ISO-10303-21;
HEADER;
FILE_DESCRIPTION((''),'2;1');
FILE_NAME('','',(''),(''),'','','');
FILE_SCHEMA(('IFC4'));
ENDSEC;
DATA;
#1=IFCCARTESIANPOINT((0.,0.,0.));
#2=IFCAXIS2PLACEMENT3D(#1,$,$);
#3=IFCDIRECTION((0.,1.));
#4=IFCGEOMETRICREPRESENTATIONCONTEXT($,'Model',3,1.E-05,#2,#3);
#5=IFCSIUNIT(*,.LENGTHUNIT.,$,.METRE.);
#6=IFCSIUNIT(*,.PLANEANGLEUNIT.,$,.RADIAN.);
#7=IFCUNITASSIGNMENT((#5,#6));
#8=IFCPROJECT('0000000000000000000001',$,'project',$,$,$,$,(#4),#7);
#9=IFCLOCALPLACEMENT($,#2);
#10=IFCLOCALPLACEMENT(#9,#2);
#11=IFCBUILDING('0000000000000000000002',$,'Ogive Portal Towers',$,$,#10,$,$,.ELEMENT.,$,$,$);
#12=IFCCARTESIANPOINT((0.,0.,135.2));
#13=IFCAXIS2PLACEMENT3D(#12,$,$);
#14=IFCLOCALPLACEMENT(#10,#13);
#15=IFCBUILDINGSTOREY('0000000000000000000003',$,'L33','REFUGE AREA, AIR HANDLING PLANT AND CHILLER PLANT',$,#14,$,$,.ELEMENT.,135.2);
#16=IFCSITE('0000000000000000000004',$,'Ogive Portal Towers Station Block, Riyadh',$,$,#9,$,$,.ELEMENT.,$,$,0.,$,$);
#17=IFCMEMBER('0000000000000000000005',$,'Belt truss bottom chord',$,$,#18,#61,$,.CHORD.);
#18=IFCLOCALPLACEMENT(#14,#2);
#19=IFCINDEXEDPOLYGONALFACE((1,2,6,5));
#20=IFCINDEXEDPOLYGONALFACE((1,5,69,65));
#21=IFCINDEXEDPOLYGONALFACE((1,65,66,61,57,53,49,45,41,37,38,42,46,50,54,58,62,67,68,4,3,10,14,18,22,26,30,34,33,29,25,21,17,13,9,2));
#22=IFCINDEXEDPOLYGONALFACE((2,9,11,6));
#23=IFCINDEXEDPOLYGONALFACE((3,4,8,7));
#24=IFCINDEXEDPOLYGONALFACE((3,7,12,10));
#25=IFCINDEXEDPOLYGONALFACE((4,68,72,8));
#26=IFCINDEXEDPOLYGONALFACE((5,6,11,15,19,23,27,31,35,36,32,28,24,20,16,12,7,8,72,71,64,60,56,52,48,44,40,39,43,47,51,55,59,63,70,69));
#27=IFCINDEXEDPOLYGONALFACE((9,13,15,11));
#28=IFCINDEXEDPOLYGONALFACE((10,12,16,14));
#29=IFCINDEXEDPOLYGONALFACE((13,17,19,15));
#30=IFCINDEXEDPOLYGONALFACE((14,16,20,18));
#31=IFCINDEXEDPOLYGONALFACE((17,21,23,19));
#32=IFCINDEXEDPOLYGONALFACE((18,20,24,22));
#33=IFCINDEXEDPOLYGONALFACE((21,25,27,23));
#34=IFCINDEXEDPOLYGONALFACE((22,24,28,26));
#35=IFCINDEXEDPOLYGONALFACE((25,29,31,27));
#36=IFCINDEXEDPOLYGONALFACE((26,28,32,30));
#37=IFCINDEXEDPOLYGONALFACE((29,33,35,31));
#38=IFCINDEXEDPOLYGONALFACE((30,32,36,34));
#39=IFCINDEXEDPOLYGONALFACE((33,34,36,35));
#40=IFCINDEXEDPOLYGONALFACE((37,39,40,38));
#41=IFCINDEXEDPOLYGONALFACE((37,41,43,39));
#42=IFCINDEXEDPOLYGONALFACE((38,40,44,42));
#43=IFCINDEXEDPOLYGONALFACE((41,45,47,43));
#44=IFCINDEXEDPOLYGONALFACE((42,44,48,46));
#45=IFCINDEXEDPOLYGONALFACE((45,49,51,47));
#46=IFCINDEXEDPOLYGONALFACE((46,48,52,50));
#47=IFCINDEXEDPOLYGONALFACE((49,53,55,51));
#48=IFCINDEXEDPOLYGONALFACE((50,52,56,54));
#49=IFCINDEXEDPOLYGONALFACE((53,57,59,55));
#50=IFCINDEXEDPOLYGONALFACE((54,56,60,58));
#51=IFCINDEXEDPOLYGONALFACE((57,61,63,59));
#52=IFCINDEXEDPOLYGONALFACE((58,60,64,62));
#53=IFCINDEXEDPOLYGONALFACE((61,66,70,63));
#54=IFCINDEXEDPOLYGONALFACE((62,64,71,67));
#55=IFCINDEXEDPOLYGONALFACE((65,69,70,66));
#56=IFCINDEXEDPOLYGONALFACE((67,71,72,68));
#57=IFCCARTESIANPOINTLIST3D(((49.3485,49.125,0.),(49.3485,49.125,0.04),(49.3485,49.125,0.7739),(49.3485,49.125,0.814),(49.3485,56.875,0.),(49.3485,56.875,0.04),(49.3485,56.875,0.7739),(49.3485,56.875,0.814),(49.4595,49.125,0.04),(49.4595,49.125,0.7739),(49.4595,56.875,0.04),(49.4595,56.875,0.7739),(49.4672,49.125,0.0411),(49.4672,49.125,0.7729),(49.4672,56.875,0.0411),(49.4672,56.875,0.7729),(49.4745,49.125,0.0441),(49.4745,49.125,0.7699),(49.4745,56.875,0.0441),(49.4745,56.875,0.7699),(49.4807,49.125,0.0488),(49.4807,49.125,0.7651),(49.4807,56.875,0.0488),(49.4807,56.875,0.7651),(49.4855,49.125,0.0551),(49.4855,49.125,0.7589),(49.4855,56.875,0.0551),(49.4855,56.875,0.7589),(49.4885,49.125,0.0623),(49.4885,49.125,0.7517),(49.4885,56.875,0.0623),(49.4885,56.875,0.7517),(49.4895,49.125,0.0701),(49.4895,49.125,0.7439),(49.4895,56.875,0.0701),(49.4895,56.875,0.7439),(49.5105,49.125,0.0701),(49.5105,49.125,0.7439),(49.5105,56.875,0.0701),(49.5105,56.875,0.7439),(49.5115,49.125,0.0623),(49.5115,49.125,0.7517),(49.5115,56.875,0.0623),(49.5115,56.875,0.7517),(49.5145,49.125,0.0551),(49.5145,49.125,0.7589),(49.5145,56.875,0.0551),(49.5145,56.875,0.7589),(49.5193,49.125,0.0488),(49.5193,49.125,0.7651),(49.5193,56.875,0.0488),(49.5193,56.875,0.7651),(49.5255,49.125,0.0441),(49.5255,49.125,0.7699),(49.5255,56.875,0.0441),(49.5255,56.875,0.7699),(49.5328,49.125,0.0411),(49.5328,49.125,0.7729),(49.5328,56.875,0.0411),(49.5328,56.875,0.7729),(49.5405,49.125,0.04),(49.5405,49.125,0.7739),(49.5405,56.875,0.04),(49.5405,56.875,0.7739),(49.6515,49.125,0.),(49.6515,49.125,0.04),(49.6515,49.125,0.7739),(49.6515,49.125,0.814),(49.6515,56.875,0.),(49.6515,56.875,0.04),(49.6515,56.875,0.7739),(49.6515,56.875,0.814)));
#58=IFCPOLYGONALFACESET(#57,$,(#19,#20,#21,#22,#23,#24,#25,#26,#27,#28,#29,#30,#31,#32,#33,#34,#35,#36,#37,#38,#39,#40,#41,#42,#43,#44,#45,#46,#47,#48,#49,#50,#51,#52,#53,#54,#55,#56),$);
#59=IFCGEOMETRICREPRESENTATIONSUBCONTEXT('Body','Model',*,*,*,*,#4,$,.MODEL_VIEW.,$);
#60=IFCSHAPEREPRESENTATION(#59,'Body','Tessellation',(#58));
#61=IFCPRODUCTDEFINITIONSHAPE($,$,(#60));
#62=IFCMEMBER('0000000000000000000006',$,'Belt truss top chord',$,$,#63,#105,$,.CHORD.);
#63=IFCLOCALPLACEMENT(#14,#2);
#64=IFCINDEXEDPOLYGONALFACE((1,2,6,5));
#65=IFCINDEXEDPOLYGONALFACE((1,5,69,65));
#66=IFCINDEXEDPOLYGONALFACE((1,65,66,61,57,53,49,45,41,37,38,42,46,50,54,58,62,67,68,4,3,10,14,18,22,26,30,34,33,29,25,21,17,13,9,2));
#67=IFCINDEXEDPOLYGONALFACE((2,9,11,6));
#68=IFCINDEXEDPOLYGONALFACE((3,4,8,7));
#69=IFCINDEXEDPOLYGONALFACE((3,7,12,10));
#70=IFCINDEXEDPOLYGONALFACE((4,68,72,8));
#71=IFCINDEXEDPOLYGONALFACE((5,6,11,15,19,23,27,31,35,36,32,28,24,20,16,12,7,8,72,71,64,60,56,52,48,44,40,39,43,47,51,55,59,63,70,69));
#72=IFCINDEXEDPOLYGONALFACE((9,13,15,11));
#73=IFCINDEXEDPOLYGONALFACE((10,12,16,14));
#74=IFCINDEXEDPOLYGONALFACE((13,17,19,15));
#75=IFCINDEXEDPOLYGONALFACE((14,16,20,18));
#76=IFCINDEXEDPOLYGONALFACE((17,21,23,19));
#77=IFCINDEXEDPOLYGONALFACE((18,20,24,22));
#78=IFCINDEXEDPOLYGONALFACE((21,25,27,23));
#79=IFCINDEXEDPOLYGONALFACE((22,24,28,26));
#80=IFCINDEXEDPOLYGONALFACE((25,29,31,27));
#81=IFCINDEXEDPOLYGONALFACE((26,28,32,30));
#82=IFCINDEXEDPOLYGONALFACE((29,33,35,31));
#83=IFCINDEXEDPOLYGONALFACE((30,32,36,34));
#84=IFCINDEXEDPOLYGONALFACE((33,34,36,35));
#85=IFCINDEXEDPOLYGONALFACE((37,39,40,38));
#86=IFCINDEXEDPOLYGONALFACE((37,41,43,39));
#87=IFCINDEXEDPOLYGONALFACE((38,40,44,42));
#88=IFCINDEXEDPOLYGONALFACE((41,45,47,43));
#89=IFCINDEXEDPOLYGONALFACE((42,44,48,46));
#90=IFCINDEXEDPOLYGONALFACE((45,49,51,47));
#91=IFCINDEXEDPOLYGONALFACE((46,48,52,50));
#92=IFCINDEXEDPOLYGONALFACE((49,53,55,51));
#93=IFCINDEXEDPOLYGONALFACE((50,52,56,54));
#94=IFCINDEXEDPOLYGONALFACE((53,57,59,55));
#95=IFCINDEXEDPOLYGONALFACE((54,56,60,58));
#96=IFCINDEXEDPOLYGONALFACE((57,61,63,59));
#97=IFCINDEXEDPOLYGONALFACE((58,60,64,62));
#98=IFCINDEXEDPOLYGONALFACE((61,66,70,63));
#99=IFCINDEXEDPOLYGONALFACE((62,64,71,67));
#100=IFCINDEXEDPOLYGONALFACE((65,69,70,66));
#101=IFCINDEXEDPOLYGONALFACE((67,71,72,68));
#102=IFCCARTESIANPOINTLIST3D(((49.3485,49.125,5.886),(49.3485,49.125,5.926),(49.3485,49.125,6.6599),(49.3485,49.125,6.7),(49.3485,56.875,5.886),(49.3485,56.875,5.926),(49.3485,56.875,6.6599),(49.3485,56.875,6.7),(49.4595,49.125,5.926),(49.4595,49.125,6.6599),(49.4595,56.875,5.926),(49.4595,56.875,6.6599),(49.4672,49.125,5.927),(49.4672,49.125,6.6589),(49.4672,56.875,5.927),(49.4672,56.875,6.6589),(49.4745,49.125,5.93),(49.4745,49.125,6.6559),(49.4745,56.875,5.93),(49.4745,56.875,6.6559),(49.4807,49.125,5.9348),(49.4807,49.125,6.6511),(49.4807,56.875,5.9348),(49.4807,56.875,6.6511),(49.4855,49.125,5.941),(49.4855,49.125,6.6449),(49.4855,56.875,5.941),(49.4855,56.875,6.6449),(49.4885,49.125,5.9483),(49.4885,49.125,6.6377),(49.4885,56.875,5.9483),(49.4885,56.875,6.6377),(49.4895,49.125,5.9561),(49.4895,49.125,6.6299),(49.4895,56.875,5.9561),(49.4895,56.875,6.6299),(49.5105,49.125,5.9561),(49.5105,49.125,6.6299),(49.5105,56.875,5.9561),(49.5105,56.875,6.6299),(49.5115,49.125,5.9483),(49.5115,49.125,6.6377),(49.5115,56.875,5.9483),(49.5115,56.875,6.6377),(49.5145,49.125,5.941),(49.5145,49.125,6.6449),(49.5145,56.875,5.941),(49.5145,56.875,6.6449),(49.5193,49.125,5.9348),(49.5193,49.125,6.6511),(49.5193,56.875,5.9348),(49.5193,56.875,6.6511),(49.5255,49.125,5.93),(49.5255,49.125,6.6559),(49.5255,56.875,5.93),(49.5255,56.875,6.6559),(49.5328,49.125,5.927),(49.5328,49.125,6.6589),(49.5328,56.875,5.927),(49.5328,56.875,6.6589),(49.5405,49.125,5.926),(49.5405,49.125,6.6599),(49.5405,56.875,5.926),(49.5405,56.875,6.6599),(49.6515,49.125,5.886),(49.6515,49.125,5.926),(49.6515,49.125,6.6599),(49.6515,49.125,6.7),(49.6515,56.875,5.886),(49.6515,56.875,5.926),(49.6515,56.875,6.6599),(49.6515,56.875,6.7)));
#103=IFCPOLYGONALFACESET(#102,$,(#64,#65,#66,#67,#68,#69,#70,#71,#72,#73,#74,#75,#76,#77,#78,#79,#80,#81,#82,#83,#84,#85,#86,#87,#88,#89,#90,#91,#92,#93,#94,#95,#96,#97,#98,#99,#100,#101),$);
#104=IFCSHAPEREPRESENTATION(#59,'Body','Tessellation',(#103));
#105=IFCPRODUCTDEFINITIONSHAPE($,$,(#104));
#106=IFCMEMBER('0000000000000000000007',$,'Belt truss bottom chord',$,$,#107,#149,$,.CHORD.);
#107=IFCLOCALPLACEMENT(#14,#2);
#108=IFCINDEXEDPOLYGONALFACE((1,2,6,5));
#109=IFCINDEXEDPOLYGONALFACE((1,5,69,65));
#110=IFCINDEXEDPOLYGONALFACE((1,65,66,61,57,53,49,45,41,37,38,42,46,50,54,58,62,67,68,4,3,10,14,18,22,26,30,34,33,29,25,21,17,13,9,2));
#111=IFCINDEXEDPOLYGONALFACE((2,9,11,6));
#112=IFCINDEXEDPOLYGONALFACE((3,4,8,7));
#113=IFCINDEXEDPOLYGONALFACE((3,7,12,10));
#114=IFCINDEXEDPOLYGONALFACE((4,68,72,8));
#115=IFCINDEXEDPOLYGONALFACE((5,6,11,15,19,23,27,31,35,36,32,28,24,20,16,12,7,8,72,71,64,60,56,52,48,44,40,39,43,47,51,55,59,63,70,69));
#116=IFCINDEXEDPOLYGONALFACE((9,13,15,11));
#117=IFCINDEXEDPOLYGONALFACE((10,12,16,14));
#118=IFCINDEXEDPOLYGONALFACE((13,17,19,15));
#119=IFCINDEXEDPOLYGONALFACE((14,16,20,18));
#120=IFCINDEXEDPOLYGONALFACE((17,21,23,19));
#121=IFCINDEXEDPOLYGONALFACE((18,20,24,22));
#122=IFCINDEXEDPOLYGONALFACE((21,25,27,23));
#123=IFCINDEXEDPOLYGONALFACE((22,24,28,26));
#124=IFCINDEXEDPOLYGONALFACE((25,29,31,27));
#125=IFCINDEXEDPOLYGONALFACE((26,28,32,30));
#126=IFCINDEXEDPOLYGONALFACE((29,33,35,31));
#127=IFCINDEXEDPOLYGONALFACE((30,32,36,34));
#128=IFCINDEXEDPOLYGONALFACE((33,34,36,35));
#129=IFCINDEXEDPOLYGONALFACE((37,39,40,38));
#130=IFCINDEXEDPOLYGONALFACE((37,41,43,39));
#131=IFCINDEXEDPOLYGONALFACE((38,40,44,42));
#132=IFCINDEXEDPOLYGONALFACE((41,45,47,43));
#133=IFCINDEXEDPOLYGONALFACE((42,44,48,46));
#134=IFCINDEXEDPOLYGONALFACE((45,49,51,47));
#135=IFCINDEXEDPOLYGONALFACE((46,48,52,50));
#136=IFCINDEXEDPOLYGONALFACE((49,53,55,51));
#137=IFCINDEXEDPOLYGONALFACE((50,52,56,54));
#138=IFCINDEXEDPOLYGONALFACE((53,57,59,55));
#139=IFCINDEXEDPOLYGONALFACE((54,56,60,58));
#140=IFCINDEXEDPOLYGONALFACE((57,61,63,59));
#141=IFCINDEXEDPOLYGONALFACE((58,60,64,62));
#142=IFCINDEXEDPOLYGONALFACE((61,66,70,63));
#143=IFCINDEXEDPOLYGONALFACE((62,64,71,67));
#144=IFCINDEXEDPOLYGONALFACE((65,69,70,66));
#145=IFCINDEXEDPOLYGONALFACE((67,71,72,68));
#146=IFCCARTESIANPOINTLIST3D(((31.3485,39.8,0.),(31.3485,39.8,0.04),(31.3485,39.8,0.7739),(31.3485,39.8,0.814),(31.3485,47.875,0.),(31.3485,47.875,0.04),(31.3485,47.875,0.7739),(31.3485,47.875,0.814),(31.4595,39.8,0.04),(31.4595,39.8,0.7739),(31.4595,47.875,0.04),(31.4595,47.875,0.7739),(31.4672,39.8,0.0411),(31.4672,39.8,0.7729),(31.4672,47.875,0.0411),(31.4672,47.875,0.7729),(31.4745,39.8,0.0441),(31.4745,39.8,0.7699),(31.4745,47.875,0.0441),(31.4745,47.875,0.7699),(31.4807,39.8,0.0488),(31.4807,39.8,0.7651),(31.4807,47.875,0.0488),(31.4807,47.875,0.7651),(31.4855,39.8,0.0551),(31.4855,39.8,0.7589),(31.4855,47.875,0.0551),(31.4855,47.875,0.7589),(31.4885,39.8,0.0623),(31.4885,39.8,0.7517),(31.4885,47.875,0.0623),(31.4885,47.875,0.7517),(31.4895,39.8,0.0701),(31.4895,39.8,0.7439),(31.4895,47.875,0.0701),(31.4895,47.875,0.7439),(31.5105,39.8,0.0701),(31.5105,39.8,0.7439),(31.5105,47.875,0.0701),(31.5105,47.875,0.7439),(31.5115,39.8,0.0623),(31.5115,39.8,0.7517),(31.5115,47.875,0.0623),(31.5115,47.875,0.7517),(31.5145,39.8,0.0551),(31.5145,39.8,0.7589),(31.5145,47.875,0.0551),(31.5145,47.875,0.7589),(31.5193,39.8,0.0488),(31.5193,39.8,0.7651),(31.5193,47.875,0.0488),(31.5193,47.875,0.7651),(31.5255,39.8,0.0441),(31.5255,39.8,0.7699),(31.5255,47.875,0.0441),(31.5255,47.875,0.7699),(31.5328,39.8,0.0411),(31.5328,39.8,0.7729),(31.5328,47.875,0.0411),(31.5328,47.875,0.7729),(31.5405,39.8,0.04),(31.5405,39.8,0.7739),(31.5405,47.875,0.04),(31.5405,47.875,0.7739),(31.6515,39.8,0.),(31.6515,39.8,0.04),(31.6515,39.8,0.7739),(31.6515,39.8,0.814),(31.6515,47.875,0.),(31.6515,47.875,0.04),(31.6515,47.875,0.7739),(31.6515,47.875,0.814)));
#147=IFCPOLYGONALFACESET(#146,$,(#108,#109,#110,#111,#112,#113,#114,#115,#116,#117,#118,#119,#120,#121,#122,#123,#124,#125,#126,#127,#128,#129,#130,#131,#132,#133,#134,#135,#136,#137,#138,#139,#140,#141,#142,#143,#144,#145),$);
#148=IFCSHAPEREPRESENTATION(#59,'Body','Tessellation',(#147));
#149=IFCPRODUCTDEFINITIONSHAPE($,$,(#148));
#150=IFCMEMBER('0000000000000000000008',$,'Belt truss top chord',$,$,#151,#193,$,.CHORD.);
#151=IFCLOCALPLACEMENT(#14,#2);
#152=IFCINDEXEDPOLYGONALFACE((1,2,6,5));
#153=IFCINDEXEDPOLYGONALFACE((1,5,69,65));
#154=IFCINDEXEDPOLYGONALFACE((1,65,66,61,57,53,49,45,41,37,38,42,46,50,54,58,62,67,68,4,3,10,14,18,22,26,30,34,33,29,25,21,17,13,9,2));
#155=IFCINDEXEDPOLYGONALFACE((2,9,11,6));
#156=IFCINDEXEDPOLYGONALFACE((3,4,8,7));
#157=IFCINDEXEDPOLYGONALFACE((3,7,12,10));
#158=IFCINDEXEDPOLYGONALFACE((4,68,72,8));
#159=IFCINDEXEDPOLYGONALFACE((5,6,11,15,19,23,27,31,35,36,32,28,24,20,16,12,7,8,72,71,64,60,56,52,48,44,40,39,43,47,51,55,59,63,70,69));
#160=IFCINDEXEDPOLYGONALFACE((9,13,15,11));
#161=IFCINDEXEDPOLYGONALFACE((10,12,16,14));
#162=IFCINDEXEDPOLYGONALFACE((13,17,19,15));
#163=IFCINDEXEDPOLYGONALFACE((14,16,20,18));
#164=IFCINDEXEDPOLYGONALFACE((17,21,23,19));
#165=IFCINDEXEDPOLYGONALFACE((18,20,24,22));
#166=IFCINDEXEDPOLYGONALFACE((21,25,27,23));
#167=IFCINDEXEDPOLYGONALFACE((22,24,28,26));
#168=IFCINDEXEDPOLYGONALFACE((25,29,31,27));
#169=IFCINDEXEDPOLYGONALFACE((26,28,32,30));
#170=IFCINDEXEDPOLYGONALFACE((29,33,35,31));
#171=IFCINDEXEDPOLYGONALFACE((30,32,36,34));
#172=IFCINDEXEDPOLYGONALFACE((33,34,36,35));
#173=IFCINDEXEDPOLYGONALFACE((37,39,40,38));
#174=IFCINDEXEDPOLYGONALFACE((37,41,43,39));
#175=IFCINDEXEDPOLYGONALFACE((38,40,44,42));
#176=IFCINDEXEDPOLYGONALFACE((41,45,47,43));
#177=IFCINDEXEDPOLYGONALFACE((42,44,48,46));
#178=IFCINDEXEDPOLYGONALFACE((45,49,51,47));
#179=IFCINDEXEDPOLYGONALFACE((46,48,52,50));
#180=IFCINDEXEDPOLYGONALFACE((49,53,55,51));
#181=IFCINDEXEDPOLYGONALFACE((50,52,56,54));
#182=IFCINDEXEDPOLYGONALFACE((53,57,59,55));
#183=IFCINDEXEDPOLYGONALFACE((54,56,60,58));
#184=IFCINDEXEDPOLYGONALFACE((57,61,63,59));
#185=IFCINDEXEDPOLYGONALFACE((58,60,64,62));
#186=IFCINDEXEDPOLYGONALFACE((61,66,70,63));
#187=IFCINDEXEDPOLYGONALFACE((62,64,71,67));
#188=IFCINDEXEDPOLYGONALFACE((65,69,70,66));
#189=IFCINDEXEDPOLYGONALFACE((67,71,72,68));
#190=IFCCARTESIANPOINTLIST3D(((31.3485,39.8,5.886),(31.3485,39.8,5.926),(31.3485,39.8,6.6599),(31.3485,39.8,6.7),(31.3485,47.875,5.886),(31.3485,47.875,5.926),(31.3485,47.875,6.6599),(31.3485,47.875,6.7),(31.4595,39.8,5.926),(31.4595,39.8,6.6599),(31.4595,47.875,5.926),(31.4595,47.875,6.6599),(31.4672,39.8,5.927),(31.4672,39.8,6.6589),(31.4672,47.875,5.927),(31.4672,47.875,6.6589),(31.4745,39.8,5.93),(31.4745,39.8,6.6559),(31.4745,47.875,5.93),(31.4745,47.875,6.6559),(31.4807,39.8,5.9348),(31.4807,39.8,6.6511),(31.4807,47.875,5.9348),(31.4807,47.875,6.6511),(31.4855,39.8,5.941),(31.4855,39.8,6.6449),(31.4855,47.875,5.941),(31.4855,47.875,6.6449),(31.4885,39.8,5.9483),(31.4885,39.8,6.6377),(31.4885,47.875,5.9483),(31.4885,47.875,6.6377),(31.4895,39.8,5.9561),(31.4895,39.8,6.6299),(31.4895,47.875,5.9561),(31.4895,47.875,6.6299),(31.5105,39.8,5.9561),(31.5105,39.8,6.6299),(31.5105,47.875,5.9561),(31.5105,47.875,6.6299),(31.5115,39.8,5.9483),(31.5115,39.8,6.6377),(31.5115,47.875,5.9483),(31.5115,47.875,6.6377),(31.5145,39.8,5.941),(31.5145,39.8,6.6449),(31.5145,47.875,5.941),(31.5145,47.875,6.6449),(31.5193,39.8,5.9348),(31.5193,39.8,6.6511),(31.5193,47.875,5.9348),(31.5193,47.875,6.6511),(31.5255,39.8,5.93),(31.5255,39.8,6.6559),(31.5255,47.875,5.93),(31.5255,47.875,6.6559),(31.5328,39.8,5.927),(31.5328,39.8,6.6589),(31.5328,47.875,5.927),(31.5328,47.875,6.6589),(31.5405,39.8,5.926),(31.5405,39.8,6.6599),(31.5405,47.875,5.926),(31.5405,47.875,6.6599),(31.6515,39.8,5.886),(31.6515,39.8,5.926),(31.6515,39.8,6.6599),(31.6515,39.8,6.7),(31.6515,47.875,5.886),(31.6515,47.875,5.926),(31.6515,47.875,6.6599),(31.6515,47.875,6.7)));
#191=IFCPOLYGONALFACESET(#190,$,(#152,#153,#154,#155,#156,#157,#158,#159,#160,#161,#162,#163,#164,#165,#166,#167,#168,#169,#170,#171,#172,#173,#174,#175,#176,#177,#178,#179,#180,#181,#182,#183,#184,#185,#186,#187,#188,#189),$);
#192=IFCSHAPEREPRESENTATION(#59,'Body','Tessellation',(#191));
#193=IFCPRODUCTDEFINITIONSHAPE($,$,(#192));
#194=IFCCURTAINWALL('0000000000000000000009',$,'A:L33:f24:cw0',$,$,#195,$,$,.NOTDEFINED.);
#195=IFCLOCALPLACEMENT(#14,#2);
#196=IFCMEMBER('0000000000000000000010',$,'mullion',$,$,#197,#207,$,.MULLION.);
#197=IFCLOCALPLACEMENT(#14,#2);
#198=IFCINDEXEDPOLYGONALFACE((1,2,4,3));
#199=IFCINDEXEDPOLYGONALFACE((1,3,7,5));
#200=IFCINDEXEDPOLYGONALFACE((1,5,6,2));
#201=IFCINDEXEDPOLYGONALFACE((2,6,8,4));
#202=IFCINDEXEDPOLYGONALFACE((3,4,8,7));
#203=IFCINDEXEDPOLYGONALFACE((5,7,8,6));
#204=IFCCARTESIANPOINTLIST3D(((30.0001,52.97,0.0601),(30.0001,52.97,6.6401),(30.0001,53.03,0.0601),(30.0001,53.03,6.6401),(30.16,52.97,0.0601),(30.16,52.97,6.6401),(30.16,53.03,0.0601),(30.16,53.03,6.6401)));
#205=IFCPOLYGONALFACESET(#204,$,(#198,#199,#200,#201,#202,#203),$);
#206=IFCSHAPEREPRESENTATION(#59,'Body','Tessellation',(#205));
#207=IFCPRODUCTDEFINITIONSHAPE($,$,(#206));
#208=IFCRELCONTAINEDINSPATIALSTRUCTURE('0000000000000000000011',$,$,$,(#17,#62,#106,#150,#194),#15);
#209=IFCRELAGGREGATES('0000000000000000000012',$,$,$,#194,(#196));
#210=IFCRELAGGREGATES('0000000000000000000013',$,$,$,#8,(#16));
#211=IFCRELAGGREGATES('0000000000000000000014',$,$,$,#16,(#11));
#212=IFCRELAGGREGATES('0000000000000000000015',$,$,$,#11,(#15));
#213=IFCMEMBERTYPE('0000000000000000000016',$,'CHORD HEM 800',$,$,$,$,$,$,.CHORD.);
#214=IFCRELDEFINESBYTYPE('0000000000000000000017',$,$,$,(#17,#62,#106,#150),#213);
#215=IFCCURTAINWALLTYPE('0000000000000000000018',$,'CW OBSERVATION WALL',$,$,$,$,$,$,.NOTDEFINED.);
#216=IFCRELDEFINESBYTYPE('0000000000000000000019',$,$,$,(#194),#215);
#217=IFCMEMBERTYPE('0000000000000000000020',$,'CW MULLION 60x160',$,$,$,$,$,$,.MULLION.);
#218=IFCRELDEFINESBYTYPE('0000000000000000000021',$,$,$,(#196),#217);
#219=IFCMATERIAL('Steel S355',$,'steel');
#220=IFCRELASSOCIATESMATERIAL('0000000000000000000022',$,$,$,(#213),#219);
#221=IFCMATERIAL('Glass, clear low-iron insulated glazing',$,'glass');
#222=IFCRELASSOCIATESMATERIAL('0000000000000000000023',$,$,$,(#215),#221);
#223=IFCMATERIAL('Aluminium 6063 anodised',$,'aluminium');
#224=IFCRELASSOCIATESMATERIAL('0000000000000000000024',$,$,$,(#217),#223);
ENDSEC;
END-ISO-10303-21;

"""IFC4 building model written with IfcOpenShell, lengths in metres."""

from ifc_helpers import new_model, si_unit, direction, frame, origin, origin_2d, place, context, subcontext, project, spatial, rectangle, i_section, extrude, material, material_profile, profile_set, type_object, element, aggregate, save


model = new_model("IFC4")

# Units and contexts
model_context = context("Model", 3, precision=1e-05, world=origin(), true_north=direction((0.0, 1.0)))
body_context = subcontext(model_context, "Body", "Model", "MODEL_VIEW")
ifc_project = project(units=[si_unit("LENGTHUNIT", "METRE"), si_unit("PLANEANGLEUNIT", "RADIAN")], contexts=[model_context])

# Site, building, storey
site_placement = place(None, origin())
site = spatial("IfcSite", under=ifc_project, at=site_placement, Name="Ogive Portal Towers Station Block, Riyadh", CompositionType="ELEMENT", RefElevation=0.0)
building_placement = place(site_placement, origin())
building = spatial("IfcBuilding", under=site, at=building_placement, Name="Ogive Portal Towers", CompositionType="ELEMENT")
storey_placement = place(building_placement, frame((0.0, 0.0, 135.2)))
storey = spatial("IfcBuildingStorey", under=building, at=storey_placement, Name="L33", Description="REFUGE AREA, AIR HANDLING PLANT AND CHILLER PLANT", CompositionType="ELEMENT", Elevation=135.2)

# Members
ifc_material_1 = material(Name="Steel S355", Category="steel")
ifc_material_profile_1 = material_profile(ifc_material_1, i_section(OverallWidth=0.303, OverallDepth=0.814, WebThickness=0.021, FlangeThickness=0.04, FilletRadius=0.03, at=origin_2d()), Name="HEM 800")
ifc_profile_set_1 = profile_set([ifc_material_profile_1], Name="Steel S355")
member_type_1 = type_object("IfcMemberType", Name="CHORD HEM 800", PredefinedType="CHORD", material=ifc_profile_set_1)
for number, where, z_axis, x_axis, name in (
    (1, (49.5, 49.125, 0.407), (0.0, 1.0, 0.0), (-1.0, 0.0, 0.0), "Belt truss bottom chord"),
    (2, (49.5, 49.125, 6.293), (0.0, 1.0, 0.0), (-1.0, 0.0, 0.0), "Belt truss top chord"),
):
    element("IfcMember", number, at=place(storey_placement, frame(where, z_axis=z_axis, x_axis=x_axis)), inside=storey, type_object=member_type_1, Name=name, PredefinedType="CHORD", context=body_context, shape_type="SweptSolid", body=[
        extrude(i_section(OverallWidth=0.303, OverallDepth=0.814, WebThickness=0.021, FlangeThickness=0.04, FilletRadius=0.03, at=origin_2d()), origin(), (0.0, 0.0, 1.0), 7.75),
    ])
for number, where, z_axis, x_axis, name in (
    (3, (31.5, 47.875, 0.407), (0.0, -1.0, 0.0), (1.0, 0.0, 0.0), "Belt truss bottom chord"),
    (4, (31.5, 47.875, 6.293), (0.0, -1.0, 0.0), (1.0, 0.0, 0.0), "Belt truss top chord"),
):
    element("IfcMember", number, at=place(storey_placement, frame(where, z_axis=z_axis, x_axis=x_axis)), inside=storey, type_object=member_type_1, Name=name, PredefinedType="CHORD", context=body_context, shape_type="SweptSolid", body=[
        extrude(i_section(OverallWidth=0.303, OverallDepth=0.814, WebThickness=0.021, FlangeThickness=0.04, FilletRadius=0.03, at=origin_2d()), origin(), (0.0, 0.0, 1.0), 8.075),
    ])

# Curtain wall, member
ifc_material_2 = material(Name="Glass, clear low-iron insulated glazing", Category="glass")
curtain_wall_type = type_object("IfcCurtainWallType", Name="CW OBSERVATION WALL", PredefinedType="NOTDEFINED", material=ifc_material_2)
curtain_wall_placement = place(storey_placement, origin())
curtain_wall = element("IfcCurtainWall", 5, at=curtain_wall_placement, inside=storey, type_object=curtain_wall_type, Name="A:L33:f24:cw0", PredefinedType="NOTDEFINED")
ifc_material_3 = material(Name="Aluminium 6063 anodised", Category="aluminium")
ifc_material_profile_2 = material_profile(ifc_material_3, rectangle(XDim=0.1599, YDim=0.0601, at=origin_2d()), Name="AL 60x160")
ifc_profile_set_2 = profile_set([ifc_material_profile_2], Name="Aluminium 6063 anodised")
member_type_2 = type_object("IfcMemberType", Name="CW MULLION 60x160", PredefinedType="MULLION", material=ifc_profile_set_2)
member_1_placement = place(storey_placement, frame((30.0801, 53.0, 0.0601), z_axis=(0.0, 0.0, 1.0), x_axis=(1.0, 0.0, 0.0)))
member_1 = element("IfcMember", 6, at=member_1_placement, type_object=member_type_2, Name="mullion", PredefinedType="MULLION", context=body_context, shape_type="SweptSolid", body=[
    extrude(rectangle(XDim=0.1599, YDim=0.0601, at=origin_2d()), origin(), (0.0, 0.0, 1.0), 6.5801),
])

aggregate(curtain_wall, [member_1])

save(model, "model.ifc")
